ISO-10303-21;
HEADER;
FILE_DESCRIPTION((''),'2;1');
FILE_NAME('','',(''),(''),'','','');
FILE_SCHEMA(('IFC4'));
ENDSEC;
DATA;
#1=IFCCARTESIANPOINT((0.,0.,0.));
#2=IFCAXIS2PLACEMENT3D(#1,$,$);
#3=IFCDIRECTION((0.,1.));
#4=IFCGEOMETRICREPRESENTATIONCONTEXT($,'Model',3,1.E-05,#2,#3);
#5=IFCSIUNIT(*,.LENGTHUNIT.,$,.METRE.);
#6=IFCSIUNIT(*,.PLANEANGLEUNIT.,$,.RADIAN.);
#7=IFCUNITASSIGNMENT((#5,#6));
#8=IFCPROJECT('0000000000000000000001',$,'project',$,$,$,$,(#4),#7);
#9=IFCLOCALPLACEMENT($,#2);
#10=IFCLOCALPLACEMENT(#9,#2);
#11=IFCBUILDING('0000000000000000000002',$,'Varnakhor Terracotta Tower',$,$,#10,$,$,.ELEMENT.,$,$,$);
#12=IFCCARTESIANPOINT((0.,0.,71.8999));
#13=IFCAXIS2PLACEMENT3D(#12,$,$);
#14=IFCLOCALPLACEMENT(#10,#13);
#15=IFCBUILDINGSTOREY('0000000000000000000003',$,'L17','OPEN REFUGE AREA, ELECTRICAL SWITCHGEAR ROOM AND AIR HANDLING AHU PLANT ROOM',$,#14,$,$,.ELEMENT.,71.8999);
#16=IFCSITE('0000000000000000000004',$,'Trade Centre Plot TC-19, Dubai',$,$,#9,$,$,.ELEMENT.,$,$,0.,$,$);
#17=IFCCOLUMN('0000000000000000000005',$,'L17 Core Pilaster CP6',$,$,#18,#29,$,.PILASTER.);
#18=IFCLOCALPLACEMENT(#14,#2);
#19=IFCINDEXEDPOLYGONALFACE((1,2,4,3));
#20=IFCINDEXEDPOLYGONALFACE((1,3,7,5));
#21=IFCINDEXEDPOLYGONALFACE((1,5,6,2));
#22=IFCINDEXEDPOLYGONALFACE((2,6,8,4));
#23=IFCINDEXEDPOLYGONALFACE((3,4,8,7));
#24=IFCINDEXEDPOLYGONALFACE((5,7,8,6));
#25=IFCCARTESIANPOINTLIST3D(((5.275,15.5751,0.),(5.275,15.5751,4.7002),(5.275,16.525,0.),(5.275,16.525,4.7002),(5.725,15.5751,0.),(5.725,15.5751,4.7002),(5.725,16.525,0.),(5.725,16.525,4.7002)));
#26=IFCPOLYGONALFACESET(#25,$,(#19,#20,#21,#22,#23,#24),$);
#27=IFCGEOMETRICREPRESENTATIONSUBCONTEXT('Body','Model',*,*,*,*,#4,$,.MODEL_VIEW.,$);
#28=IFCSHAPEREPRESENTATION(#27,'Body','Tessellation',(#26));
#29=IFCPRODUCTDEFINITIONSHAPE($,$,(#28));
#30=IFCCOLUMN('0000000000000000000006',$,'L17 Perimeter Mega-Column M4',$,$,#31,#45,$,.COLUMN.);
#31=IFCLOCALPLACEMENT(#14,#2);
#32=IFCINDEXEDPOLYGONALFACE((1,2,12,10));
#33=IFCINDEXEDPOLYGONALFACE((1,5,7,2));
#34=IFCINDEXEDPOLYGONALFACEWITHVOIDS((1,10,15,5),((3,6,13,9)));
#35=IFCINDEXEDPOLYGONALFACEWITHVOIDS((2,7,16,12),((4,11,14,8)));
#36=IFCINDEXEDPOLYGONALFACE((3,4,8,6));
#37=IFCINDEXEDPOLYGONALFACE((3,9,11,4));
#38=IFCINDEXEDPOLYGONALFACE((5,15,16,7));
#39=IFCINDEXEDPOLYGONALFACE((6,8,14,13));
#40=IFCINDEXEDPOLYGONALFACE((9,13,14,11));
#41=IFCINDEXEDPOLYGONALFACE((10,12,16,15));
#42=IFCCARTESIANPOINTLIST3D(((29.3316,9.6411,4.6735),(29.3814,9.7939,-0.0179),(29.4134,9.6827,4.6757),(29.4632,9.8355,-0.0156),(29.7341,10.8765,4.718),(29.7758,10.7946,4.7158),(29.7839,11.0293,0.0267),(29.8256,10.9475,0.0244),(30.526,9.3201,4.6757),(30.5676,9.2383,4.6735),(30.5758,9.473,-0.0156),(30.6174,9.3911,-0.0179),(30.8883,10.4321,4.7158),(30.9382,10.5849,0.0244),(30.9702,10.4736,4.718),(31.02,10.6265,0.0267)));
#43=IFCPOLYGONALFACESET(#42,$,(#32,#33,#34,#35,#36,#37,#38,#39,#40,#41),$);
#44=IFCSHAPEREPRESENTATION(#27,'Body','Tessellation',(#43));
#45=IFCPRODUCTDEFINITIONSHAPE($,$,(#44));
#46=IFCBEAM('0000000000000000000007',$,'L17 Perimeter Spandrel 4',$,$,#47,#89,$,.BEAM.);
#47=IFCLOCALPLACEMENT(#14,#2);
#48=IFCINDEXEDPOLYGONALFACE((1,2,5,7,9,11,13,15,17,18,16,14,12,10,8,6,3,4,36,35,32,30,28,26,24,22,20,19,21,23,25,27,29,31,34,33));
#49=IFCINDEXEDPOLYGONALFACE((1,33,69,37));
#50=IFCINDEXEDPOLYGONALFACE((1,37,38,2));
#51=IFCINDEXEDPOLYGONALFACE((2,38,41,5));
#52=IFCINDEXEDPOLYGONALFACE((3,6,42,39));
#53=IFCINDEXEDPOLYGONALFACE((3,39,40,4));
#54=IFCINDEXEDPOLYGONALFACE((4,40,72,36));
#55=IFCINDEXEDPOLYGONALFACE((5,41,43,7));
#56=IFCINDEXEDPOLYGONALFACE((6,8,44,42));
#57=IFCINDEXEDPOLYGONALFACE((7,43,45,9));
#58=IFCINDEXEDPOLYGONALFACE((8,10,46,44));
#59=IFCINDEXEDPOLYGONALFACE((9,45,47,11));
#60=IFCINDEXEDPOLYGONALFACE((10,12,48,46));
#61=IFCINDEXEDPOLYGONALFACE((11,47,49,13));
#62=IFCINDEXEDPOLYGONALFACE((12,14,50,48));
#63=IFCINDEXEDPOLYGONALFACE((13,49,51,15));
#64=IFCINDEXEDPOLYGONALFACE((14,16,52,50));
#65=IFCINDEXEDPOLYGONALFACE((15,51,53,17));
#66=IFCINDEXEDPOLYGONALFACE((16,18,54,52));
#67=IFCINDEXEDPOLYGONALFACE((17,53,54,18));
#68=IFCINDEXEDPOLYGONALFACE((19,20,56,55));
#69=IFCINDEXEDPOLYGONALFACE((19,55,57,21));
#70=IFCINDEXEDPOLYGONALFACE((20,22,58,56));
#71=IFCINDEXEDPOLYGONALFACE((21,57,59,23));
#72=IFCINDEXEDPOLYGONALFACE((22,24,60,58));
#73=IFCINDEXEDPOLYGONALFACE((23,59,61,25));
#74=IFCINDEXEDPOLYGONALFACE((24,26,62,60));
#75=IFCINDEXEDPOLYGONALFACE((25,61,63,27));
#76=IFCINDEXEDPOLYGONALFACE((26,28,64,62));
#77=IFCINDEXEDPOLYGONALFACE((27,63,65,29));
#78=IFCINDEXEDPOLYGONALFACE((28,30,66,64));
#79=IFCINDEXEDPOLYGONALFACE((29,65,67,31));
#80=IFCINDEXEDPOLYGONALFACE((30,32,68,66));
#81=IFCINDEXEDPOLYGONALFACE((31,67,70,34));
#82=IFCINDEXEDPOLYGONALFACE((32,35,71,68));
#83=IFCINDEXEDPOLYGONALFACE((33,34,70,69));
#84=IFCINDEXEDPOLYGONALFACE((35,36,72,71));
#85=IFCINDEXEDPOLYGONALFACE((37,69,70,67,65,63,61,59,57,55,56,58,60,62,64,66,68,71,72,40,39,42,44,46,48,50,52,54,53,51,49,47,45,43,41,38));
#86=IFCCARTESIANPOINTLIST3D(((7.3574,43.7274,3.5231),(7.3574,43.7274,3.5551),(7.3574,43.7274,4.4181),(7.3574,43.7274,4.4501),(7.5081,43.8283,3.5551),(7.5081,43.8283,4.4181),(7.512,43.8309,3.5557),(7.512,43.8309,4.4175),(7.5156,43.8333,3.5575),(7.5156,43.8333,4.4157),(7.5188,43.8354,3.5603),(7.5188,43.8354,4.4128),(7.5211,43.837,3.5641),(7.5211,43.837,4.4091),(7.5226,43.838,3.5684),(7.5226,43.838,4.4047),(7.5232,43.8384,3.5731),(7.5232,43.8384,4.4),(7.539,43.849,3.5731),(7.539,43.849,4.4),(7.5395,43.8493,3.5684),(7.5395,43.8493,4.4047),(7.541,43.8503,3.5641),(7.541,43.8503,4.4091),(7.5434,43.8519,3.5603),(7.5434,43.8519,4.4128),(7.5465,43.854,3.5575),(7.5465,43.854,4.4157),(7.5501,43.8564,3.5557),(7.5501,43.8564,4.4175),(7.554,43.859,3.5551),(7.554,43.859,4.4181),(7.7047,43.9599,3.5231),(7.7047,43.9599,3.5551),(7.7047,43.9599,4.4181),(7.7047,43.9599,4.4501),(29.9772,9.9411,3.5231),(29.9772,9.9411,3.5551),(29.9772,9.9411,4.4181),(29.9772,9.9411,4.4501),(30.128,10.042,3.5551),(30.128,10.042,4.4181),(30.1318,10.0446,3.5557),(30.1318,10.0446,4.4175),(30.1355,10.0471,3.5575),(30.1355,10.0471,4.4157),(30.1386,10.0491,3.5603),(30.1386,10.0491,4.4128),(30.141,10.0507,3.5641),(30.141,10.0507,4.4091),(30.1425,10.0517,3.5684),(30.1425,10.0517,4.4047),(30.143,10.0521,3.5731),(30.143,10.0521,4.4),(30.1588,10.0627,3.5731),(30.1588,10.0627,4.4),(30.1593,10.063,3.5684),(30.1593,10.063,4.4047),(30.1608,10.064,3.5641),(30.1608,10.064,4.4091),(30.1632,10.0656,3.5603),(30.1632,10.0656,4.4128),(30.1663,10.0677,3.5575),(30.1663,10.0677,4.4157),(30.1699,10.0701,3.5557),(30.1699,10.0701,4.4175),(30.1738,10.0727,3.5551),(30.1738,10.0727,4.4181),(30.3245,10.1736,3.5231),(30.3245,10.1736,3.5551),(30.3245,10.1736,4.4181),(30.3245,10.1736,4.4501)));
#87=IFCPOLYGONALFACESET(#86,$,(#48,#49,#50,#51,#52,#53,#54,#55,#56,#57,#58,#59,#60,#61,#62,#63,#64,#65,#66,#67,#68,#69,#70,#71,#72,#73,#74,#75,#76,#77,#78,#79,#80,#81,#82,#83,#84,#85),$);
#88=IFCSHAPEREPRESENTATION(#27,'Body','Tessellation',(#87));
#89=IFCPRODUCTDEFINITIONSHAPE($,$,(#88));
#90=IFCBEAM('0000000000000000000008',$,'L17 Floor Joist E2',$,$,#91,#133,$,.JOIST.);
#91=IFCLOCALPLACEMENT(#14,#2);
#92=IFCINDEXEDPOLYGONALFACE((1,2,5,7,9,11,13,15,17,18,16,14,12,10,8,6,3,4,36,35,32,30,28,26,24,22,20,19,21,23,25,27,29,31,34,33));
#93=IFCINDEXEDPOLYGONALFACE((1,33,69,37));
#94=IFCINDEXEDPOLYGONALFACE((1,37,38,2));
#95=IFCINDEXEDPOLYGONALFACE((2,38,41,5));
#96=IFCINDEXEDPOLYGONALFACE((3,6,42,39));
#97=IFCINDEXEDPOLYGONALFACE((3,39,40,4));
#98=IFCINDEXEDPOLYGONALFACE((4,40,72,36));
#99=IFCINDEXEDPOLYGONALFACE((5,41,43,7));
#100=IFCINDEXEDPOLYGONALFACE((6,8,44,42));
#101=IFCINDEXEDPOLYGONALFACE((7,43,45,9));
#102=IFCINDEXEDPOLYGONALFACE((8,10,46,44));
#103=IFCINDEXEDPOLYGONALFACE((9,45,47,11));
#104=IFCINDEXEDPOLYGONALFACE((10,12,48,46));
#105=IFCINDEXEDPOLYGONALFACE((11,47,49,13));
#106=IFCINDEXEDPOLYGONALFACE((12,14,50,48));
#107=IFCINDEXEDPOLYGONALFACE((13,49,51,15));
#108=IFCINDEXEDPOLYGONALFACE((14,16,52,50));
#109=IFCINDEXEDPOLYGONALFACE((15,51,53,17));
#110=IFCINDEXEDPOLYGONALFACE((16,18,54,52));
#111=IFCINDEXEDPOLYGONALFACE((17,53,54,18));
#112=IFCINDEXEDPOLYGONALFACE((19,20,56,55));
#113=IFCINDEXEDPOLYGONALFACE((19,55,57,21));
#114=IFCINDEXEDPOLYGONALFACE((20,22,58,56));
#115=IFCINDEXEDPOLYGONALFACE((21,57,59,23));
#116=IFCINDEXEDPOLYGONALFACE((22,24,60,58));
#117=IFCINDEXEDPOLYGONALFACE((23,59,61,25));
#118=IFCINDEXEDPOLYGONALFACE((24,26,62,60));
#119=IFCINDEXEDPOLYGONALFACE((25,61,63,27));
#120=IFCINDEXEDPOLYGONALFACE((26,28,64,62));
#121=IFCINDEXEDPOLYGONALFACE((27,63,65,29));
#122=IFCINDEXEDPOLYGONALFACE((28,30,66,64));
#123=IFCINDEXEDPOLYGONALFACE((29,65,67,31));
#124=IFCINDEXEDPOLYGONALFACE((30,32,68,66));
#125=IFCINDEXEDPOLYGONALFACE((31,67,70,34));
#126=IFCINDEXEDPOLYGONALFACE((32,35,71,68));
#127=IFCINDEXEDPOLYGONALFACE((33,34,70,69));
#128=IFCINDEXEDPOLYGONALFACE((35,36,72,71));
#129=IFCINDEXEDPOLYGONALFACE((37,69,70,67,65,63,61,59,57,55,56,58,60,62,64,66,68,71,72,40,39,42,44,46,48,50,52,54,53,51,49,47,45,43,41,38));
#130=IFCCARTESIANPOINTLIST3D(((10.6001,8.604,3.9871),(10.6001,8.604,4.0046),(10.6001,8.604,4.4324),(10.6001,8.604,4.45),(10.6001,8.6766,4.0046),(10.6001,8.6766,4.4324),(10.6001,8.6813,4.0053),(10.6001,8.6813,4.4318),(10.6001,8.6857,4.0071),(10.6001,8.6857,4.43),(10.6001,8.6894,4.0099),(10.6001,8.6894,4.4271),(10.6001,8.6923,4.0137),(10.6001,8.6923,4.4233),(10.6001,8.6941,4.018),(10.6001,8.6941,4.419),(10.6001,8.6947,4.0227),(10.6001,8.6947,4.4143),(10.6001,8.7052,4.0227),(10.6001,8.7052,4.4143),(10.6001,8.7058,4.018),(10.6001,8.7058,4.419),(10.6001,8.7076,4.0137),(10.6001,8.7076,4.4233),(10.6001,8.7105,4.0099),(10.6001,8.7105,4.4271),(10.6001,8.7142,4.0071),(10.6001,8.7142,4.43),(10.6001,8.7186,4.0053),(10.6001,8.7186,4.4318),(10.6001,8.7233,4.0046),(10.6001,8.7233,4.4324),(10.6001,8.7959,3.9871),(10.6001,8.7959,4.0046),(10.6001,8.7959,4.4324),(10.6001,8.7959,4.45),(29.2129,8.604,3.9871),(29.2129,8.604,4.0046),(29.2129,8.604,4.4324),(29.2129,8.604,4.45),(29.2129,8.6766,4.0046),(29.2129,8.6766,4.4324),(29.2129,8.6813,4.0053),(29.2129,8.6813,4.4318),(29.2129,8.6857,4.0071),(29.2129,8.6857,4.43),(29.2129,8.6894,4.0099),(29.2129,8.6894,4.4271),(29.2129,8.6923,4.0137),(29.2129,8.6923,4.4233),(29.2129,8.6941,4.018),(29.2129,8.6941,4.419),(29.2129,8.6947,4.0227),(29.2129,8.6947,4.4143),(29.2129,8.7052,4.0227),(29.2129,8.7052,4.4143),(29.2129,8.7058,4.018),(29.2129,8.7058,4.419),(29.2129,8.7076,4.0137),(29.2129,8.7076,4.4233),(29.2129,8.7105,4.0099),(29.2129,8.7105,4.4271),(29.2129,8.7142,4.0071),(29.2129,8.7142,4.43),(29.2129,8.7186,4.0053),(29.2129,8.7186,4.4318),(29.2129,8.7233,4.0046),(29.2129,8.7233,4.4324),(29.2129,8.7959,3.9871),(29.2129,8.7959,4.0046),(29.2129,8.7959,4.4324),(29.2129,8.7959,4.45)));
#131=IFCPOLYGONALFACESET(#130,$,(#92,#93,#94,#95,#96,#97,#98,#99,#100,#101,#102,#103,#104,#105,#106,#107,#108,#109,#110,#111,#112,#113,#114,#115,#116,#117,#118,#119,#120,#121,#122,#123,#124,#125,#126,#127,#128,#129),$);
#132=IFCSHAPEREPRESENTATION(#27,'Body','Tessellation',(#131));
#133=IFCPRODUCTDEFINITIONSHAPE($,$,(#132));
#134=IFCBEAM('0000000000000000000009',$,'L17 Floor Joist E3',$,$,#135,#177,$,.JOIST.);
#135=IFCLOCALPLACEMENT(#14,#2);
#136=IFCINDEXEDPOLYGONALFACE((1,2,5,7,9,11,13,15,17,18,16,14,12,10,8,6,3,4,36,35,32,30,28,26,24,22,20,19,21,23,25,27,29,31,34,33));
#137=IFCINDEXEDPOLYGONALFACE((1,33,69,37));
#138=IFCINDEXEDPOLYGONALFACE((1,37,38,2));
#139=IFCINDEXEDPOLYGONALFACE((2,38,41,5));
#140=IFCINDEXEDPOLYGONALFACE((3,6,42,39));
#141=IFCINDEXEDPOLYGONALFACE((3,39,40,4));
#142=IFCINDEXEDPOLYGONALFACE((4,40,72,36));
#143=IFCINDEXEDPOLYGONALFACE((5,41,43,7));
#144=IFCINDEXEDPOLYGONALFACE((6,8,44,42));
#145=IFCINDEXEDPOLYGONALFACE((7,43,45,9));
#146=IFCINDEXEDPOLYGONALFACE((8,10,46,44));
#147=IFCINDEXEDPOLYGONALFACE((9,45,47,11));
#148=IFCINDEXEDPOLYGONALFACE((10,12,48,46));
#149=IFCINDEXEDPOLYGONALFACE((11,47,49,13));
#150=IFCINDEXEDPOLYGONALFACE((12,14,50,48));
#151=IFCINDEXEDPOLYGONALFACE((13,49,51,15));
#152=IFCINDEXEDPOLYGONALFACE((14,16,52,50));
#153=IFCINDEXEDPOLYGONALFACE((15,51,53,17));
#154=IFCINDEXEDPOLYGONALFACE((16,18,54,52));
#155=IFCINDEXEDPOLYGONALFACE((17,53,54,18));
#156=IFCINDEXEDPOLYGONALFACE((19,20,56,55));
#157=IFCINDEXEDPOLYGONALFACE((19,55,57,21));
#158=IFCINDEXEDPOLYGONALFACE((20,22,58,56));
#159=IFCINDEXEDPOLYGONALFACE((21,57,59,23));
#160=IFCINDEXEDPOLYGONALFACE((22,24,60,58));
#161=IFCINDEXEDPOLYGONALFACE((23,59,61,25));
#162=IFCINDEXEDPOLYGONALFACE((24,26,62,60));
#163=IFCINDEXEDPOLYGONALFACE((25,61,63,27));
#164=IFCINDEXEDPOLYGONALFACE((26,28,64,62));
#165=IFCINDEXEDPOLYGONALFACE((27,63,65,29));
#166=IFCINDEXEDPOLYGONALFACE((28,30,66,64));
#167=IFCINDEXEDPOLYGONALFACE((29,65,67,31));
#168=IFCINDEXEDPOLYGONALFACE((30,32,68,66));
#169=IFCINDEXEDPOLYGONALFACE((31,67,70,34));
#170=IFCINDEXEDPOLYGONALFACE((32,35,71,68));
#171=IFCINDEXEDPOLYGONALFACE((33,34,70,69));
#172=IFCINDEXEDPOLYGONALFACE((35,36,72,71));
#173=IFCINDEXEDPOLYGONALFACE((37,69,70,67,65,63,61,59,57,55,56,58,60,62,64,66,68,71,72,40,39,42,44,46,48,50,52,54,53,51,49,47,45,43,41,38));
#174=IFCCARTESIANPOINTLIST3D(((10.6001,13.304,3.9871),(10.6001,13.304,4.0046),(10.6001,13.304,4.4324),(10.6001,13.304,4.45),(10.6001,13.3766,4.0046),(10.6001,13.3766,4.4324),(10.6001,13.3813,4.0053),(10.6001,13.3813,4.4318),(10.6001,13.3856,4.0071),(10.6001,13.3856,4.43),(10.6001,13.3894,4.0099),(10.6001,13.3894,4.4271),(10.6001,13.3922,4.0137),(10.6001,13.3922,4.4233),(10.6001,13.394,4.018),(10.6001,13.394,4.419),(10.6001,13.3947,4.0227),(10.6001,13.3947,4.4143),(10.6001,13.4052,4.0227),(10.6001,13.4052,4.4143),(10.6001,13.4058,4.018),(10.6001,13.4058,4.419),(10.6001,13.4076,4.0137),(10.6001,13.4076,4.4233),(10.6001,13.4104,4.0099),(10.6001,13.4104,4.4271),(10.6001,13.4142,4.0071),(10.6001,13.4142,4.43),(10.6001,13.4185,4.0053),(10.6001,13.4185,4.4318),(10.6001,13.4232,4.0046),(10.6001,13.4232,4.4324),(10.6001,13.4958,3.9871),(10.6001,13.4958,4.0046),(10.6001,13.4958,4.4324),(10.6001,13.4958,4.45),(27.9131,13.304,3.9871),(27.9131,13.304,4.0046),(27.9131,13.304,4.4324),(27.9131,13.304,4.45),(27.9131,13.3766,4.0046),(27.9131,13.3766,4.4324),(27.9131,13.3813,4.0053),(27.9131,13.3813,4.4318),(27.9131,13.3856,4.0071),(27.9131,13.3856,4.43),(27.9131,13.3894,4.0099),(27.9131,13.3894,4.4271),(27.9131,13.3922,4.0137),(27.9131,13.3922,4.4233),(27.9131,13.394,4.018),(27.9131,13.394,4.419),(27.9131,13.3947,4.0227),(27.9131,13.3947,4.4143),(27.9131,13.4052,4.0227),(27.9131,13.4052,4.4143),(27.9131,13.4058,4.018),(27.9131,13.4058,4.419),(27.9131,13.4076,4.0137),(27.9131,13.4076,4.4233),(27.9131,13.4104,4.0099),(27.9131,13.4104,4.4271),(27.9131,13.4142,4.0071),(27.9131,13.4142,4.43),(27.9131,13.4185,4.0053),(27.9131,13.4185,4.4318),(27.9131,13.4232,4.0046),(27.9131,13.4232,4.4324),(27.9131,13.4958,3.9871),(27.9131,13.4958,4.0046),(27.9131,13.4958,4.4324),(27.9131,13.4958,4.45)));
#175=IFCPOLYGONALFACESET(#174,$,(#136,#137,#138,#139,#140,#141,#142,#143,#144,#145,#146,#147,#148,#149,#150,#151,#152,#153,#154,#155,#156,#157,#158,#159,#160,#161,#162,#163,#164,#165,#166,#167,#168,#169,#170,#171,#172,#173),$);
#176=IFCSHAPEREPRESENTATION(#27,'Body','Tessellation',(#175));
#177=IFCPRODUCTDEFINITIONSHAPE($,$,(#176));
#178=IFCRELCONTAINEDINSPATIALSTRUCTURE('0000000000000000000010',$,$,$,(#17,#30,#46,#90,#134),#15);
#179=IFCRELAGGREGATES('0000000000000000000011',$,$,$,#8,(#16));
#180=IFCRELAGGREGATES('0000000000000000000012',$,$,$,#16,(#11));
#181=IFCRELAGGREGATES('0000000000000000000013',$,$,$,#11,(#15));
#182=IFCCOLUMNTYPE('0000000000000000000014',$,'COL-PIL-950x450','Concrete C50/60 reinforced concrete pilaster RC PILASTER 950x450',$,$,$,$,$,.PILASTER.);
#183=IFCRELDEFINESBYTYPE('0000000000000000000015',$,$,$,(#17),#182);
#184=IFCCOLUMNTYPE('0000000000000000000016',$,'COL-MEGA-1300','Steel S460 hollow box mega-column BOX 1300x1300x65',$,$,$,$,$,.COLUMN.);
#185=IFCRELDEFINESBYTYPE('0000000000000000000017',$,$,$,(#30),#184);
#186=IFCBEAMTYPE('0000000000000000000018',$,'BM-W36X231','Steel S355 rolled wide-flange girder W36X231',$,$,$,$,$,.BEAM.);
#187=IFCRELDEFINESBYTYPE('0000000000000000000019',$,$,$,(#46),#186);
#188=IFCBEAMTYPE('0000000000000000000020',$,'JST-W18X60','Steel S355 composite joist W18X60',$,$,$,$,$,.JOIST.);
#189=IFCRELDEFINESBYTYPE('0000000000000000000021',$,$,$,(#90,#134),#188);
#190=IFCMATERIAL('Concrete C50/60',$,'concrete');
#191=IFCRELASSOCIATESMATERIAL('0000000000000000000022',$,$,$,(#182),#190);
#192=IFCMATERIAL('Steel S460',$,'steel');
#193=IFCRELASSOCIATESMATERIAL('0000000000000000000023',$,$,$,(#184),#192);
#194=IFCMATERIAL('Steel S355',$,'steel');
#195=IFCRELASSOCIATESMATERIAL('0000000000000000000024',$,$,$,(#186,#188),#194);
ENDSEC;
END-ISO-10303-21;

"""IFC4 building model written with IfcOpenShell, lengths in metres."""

from ifc_helpers import new_model, si_unit, direction, frame, origin, origin_2d, place, context, subcontext, project, spatial, rectangle, hollow_rectangle, i_section, extrude, source, transform, mapped, material, material_profile, profile_set, type_object, element, save


model = new_model("IFC4")

# Units and contexts
model_context = context("Model", 3, precision=1e-05, world=origin(), true_north=direction((0.0, 1.0)))
body_context = subcontext(model_context, "Body", "Model", "MODEL_VIEW")
ifc_project = project(units=[si_unit("LENGTHUNIT", "METRE"), si_unit("PLANEANGLEUNIT", "RADIAN")], contexts=[model_context])

# Site, building, storey
site_placement = place(None, origin())
site = spatial("IfcSite", under=ifc_project, at=site_placement, Name="Trade Centre Plot TC-19, Dubai", CompositionType="ELEMENT", RefElevation=0.0)
building_placement = place(site_placement, origin())
building = spatial("IfcBuilding", under=site, at=building_placement, Name="Varnakhor Terracotta Tower", CompositionType="ELEMENT")
storey_placement = place(building_placement, frame((0.0, 0.0, 71.8999)))
storey = spatial("IfcBuildingStorey", under=building, at=storey_placement, Name="L17", Description="OPEN REFUGE AREA, ELECTRICAL SWITCHGEAR ROOM AND AIR HANDLING AHU PLANT ROOM", CompositionType="ELEMENT", Elevation=71.8999)

# Columns
ifc_material_1 = material(Name="Concrete C50/60", Category="concrete")
ifc_material_profile_1 = material_profile(ifc_material_1, rectangle(XDim=0.45, YDim=0.95, at=origin_2d()), Name="RC PILASTER 950x450")
ifc_profile_set_1 = profile_set([ifc_material_profile_1], Name="Concrete C50/60")
column_type_1 = type_object("IfcColumnType", Name="COL-PIL-950x450", Description="Concrete C50/60 reinforced concrete pilaster RC PILASTER 950x450", PredefinedType="PILASTER", material=ifc_profile_set_1)
shared_shape_1 = source(origin(), body_context, "Body", "SweptSolid", [
    extrude(rectangle(XDim=0.45, YDim=0.95, at=origin_2d()), origin(), (0.0, 0.0, 1.0), 4.7002),
])
column_1_placement = place(storey_placement, frame((5.5, 16.05, 0.0), z_axis=(0.0, 0.0, 1.0), x_axis=(1.0, 0.0, 0.0)))
element("IfcColumn", 1, at=column_1_placement, inside=storey, type_object=column_type_1, Name="L17 Core Pilaster CP6", PredefinedType="PILASTER", context=body_context, shape_type="MappedRepresentation", body=[
    mapped(shared_shape_1, transform((0.0, 0.0, 0.0), scale=1.0)),
])
ifc_material_2 = material(Name="Steel S460", Category="steel")
ifc_material_profile_2 = material_profile(ifc_material_2, hollow_rectangle(XDim=1.3, YDim=1.3, WallThickness=0.0649, at=origin_2d()), Name="BOX 1300x1300x65")
ifc_profile_set_2 = profile_set([ifc_material_profile_2], Name="Steel S460")
column_type_2 = type_object("IfcColumnType", Name="COL-MEGA-1300", Description="Steel S460 hollow box mega-column BOX 1300x1300x65", PredefinedType="COLUMN", material=ifc_profile_set_2)
shared_shape_2 = source(origin(), body_context, "Body", "SweptSolid", [
    extrude(hollow_rectangle(XDim=1.3, YDim=1.3, WallThickness=0.0649, at=origin_2d()), origin(), (0.0, 0.0, 1.0), 4.6941),
])
column_2_placement = place(storey_placement, frame((30.2007, 10.2102, 0.0044), z_axis=(-0.01061, -0.032558, 0.999414), x_axis=(0.950788, -0.309842, 0.0)))
element("IfcColumn", 2, at=column_2_placement, inside=storey, type_object=column_type_2, Name="L17 Perimeter Mega-Column M4", PredefinedType="COLUMN", context=body_context, shape_type="MappedRepresentation", body=[
    mapped(shared_shape_2, transform((0.0, 0.0, 0.0), scale=1.0)),
])

# Beams
ifc_material_3 = material(Name="Steel S355", Category="steel")
ifc_material_profile_3 = material_profile(ifc_material_3, i_section(OverallWidth=0.418, OverallDepth=0.927, WebThickness=0.019, FlangeThickness=0.032, FilletRadius=0.0181, at=origin_2d()), Name="W36X231")
ifc_profile_set_3 = profile_set([ifc_material_profile_3], Name="Steel S355")
beam_type_1 = type_object("IfcBeamType", Name="BM-W36X231", Description="Steel S355 rolled wide-flange girder W36X231", PredefinedType="BEAM", material=ifc_profile_set_3)
shared_shape_3 = source(origin(), body_context, "Body", "SweptSolid", [
    extrude(i_section(OverallWidth=0.418, OverallDepth=0.927, WebThickness=0.019, FlangeThickness=0.032, FilletRadius=0.0181, at=origin_2d()), origin(), (0.0, 0.0, 1.0), 40.6592),
])
beam_1_placement = place(storey_placement, frame((30.1509, 10.0574, 3.9866), z_axis=(-0.556327, 0.830963, 0.0), x_axis=(-0.830963, -0.556327, 0.0)))
element("IfcBeam", 3, at=beam_1_placement, inside=storey, type_object=beam_type_1, Name="L17 Perimeter Spandrel 4", PredefinedType="BEAM", context=body_context, shape_type="MappedRepresentation", body=[
    mapped(shared_shape_3, transform((0.0, 0.0, 0.0), scale=1.0)),
])
ifc_material_profile_4 = material_profile(ifc_material_3, i_section(OverallWidth=0.1919, OverallDepth=0.4629, WebThickness=0.0105, FlangeThickness=0.0176, FilletRadius=0.0181, at=origin_2d()), Name="W18X60")
ifc_profile_set_4 = profile_set([ifc_material_profile_4], Name="Steel S355")
beam_type_2 = type_object("IfcBeamType", Name="JST-W18X60", Description="Steel S355 composite joist W18X60", PredefinedType="JOIST", material=ifc_profile_set_4)
shared_shape_4 = source(origin(), body_context, "Body", "SweptSolid", [
    extrude(i_section(OverallWidth=0.1919, OverallDepth=0.4629, WebThickness=0.0105, FlangeThickness=0.0176, FilletRadius=0.0181, at=origin_2d()), origin(), (0.0, 0.0, 1.0), 18.6128),
])
beam_2_placement = place(storey_placement, frame((10.6001, 8.7, 4.2185), z_axis=(1.0, 0.0, 0.0), x_axis=(0.0, 1.0, 0.0)))
element("IfcBeam", 4, at=beam_2_placement, inside=storey, type_object=beam_type_2, Name="L17 Floor Joist E2", PredefinedType="JOIST", context=body_context, shape_type="MappedRepresentation", body=[
    mapped(shared_shape_4, transform((0.0, 0.0, 0.0), scale=1.0)),
])
shared_shape_5 = source(origin(), body_context, "Body", "SweptSolid", [
    extrude(i_section(OverallWidth=0.1919, OverallDepth=0.4629, WebThickness=0.0105, FlangeThickness=0.0176, FilletRadius=0.0181, at=origin_2d()), origin(), (0.0, 0.0, 1.0), 17.313),
])
beam_3_placement = place(storey_placement, frame((10.6001, 13.3999, 4.2185), z_axis=(1.0, 0.0, 0.0), x_axis=(0.0, 1.0, 0.0)))
element("IfcBeam", 5, at=beam_3_placement, inside=storey, type_object=beam_type_2, Name="L17 Floor Joist E3", PredefinedType="JOIST", context=body_context, shape_type="MappedRepresentation", body=[
    mapped(shared_shape_5, transform((0.0, 0.0, 0.0), scale=1.0)),
])

save(model, "model.ifc")
